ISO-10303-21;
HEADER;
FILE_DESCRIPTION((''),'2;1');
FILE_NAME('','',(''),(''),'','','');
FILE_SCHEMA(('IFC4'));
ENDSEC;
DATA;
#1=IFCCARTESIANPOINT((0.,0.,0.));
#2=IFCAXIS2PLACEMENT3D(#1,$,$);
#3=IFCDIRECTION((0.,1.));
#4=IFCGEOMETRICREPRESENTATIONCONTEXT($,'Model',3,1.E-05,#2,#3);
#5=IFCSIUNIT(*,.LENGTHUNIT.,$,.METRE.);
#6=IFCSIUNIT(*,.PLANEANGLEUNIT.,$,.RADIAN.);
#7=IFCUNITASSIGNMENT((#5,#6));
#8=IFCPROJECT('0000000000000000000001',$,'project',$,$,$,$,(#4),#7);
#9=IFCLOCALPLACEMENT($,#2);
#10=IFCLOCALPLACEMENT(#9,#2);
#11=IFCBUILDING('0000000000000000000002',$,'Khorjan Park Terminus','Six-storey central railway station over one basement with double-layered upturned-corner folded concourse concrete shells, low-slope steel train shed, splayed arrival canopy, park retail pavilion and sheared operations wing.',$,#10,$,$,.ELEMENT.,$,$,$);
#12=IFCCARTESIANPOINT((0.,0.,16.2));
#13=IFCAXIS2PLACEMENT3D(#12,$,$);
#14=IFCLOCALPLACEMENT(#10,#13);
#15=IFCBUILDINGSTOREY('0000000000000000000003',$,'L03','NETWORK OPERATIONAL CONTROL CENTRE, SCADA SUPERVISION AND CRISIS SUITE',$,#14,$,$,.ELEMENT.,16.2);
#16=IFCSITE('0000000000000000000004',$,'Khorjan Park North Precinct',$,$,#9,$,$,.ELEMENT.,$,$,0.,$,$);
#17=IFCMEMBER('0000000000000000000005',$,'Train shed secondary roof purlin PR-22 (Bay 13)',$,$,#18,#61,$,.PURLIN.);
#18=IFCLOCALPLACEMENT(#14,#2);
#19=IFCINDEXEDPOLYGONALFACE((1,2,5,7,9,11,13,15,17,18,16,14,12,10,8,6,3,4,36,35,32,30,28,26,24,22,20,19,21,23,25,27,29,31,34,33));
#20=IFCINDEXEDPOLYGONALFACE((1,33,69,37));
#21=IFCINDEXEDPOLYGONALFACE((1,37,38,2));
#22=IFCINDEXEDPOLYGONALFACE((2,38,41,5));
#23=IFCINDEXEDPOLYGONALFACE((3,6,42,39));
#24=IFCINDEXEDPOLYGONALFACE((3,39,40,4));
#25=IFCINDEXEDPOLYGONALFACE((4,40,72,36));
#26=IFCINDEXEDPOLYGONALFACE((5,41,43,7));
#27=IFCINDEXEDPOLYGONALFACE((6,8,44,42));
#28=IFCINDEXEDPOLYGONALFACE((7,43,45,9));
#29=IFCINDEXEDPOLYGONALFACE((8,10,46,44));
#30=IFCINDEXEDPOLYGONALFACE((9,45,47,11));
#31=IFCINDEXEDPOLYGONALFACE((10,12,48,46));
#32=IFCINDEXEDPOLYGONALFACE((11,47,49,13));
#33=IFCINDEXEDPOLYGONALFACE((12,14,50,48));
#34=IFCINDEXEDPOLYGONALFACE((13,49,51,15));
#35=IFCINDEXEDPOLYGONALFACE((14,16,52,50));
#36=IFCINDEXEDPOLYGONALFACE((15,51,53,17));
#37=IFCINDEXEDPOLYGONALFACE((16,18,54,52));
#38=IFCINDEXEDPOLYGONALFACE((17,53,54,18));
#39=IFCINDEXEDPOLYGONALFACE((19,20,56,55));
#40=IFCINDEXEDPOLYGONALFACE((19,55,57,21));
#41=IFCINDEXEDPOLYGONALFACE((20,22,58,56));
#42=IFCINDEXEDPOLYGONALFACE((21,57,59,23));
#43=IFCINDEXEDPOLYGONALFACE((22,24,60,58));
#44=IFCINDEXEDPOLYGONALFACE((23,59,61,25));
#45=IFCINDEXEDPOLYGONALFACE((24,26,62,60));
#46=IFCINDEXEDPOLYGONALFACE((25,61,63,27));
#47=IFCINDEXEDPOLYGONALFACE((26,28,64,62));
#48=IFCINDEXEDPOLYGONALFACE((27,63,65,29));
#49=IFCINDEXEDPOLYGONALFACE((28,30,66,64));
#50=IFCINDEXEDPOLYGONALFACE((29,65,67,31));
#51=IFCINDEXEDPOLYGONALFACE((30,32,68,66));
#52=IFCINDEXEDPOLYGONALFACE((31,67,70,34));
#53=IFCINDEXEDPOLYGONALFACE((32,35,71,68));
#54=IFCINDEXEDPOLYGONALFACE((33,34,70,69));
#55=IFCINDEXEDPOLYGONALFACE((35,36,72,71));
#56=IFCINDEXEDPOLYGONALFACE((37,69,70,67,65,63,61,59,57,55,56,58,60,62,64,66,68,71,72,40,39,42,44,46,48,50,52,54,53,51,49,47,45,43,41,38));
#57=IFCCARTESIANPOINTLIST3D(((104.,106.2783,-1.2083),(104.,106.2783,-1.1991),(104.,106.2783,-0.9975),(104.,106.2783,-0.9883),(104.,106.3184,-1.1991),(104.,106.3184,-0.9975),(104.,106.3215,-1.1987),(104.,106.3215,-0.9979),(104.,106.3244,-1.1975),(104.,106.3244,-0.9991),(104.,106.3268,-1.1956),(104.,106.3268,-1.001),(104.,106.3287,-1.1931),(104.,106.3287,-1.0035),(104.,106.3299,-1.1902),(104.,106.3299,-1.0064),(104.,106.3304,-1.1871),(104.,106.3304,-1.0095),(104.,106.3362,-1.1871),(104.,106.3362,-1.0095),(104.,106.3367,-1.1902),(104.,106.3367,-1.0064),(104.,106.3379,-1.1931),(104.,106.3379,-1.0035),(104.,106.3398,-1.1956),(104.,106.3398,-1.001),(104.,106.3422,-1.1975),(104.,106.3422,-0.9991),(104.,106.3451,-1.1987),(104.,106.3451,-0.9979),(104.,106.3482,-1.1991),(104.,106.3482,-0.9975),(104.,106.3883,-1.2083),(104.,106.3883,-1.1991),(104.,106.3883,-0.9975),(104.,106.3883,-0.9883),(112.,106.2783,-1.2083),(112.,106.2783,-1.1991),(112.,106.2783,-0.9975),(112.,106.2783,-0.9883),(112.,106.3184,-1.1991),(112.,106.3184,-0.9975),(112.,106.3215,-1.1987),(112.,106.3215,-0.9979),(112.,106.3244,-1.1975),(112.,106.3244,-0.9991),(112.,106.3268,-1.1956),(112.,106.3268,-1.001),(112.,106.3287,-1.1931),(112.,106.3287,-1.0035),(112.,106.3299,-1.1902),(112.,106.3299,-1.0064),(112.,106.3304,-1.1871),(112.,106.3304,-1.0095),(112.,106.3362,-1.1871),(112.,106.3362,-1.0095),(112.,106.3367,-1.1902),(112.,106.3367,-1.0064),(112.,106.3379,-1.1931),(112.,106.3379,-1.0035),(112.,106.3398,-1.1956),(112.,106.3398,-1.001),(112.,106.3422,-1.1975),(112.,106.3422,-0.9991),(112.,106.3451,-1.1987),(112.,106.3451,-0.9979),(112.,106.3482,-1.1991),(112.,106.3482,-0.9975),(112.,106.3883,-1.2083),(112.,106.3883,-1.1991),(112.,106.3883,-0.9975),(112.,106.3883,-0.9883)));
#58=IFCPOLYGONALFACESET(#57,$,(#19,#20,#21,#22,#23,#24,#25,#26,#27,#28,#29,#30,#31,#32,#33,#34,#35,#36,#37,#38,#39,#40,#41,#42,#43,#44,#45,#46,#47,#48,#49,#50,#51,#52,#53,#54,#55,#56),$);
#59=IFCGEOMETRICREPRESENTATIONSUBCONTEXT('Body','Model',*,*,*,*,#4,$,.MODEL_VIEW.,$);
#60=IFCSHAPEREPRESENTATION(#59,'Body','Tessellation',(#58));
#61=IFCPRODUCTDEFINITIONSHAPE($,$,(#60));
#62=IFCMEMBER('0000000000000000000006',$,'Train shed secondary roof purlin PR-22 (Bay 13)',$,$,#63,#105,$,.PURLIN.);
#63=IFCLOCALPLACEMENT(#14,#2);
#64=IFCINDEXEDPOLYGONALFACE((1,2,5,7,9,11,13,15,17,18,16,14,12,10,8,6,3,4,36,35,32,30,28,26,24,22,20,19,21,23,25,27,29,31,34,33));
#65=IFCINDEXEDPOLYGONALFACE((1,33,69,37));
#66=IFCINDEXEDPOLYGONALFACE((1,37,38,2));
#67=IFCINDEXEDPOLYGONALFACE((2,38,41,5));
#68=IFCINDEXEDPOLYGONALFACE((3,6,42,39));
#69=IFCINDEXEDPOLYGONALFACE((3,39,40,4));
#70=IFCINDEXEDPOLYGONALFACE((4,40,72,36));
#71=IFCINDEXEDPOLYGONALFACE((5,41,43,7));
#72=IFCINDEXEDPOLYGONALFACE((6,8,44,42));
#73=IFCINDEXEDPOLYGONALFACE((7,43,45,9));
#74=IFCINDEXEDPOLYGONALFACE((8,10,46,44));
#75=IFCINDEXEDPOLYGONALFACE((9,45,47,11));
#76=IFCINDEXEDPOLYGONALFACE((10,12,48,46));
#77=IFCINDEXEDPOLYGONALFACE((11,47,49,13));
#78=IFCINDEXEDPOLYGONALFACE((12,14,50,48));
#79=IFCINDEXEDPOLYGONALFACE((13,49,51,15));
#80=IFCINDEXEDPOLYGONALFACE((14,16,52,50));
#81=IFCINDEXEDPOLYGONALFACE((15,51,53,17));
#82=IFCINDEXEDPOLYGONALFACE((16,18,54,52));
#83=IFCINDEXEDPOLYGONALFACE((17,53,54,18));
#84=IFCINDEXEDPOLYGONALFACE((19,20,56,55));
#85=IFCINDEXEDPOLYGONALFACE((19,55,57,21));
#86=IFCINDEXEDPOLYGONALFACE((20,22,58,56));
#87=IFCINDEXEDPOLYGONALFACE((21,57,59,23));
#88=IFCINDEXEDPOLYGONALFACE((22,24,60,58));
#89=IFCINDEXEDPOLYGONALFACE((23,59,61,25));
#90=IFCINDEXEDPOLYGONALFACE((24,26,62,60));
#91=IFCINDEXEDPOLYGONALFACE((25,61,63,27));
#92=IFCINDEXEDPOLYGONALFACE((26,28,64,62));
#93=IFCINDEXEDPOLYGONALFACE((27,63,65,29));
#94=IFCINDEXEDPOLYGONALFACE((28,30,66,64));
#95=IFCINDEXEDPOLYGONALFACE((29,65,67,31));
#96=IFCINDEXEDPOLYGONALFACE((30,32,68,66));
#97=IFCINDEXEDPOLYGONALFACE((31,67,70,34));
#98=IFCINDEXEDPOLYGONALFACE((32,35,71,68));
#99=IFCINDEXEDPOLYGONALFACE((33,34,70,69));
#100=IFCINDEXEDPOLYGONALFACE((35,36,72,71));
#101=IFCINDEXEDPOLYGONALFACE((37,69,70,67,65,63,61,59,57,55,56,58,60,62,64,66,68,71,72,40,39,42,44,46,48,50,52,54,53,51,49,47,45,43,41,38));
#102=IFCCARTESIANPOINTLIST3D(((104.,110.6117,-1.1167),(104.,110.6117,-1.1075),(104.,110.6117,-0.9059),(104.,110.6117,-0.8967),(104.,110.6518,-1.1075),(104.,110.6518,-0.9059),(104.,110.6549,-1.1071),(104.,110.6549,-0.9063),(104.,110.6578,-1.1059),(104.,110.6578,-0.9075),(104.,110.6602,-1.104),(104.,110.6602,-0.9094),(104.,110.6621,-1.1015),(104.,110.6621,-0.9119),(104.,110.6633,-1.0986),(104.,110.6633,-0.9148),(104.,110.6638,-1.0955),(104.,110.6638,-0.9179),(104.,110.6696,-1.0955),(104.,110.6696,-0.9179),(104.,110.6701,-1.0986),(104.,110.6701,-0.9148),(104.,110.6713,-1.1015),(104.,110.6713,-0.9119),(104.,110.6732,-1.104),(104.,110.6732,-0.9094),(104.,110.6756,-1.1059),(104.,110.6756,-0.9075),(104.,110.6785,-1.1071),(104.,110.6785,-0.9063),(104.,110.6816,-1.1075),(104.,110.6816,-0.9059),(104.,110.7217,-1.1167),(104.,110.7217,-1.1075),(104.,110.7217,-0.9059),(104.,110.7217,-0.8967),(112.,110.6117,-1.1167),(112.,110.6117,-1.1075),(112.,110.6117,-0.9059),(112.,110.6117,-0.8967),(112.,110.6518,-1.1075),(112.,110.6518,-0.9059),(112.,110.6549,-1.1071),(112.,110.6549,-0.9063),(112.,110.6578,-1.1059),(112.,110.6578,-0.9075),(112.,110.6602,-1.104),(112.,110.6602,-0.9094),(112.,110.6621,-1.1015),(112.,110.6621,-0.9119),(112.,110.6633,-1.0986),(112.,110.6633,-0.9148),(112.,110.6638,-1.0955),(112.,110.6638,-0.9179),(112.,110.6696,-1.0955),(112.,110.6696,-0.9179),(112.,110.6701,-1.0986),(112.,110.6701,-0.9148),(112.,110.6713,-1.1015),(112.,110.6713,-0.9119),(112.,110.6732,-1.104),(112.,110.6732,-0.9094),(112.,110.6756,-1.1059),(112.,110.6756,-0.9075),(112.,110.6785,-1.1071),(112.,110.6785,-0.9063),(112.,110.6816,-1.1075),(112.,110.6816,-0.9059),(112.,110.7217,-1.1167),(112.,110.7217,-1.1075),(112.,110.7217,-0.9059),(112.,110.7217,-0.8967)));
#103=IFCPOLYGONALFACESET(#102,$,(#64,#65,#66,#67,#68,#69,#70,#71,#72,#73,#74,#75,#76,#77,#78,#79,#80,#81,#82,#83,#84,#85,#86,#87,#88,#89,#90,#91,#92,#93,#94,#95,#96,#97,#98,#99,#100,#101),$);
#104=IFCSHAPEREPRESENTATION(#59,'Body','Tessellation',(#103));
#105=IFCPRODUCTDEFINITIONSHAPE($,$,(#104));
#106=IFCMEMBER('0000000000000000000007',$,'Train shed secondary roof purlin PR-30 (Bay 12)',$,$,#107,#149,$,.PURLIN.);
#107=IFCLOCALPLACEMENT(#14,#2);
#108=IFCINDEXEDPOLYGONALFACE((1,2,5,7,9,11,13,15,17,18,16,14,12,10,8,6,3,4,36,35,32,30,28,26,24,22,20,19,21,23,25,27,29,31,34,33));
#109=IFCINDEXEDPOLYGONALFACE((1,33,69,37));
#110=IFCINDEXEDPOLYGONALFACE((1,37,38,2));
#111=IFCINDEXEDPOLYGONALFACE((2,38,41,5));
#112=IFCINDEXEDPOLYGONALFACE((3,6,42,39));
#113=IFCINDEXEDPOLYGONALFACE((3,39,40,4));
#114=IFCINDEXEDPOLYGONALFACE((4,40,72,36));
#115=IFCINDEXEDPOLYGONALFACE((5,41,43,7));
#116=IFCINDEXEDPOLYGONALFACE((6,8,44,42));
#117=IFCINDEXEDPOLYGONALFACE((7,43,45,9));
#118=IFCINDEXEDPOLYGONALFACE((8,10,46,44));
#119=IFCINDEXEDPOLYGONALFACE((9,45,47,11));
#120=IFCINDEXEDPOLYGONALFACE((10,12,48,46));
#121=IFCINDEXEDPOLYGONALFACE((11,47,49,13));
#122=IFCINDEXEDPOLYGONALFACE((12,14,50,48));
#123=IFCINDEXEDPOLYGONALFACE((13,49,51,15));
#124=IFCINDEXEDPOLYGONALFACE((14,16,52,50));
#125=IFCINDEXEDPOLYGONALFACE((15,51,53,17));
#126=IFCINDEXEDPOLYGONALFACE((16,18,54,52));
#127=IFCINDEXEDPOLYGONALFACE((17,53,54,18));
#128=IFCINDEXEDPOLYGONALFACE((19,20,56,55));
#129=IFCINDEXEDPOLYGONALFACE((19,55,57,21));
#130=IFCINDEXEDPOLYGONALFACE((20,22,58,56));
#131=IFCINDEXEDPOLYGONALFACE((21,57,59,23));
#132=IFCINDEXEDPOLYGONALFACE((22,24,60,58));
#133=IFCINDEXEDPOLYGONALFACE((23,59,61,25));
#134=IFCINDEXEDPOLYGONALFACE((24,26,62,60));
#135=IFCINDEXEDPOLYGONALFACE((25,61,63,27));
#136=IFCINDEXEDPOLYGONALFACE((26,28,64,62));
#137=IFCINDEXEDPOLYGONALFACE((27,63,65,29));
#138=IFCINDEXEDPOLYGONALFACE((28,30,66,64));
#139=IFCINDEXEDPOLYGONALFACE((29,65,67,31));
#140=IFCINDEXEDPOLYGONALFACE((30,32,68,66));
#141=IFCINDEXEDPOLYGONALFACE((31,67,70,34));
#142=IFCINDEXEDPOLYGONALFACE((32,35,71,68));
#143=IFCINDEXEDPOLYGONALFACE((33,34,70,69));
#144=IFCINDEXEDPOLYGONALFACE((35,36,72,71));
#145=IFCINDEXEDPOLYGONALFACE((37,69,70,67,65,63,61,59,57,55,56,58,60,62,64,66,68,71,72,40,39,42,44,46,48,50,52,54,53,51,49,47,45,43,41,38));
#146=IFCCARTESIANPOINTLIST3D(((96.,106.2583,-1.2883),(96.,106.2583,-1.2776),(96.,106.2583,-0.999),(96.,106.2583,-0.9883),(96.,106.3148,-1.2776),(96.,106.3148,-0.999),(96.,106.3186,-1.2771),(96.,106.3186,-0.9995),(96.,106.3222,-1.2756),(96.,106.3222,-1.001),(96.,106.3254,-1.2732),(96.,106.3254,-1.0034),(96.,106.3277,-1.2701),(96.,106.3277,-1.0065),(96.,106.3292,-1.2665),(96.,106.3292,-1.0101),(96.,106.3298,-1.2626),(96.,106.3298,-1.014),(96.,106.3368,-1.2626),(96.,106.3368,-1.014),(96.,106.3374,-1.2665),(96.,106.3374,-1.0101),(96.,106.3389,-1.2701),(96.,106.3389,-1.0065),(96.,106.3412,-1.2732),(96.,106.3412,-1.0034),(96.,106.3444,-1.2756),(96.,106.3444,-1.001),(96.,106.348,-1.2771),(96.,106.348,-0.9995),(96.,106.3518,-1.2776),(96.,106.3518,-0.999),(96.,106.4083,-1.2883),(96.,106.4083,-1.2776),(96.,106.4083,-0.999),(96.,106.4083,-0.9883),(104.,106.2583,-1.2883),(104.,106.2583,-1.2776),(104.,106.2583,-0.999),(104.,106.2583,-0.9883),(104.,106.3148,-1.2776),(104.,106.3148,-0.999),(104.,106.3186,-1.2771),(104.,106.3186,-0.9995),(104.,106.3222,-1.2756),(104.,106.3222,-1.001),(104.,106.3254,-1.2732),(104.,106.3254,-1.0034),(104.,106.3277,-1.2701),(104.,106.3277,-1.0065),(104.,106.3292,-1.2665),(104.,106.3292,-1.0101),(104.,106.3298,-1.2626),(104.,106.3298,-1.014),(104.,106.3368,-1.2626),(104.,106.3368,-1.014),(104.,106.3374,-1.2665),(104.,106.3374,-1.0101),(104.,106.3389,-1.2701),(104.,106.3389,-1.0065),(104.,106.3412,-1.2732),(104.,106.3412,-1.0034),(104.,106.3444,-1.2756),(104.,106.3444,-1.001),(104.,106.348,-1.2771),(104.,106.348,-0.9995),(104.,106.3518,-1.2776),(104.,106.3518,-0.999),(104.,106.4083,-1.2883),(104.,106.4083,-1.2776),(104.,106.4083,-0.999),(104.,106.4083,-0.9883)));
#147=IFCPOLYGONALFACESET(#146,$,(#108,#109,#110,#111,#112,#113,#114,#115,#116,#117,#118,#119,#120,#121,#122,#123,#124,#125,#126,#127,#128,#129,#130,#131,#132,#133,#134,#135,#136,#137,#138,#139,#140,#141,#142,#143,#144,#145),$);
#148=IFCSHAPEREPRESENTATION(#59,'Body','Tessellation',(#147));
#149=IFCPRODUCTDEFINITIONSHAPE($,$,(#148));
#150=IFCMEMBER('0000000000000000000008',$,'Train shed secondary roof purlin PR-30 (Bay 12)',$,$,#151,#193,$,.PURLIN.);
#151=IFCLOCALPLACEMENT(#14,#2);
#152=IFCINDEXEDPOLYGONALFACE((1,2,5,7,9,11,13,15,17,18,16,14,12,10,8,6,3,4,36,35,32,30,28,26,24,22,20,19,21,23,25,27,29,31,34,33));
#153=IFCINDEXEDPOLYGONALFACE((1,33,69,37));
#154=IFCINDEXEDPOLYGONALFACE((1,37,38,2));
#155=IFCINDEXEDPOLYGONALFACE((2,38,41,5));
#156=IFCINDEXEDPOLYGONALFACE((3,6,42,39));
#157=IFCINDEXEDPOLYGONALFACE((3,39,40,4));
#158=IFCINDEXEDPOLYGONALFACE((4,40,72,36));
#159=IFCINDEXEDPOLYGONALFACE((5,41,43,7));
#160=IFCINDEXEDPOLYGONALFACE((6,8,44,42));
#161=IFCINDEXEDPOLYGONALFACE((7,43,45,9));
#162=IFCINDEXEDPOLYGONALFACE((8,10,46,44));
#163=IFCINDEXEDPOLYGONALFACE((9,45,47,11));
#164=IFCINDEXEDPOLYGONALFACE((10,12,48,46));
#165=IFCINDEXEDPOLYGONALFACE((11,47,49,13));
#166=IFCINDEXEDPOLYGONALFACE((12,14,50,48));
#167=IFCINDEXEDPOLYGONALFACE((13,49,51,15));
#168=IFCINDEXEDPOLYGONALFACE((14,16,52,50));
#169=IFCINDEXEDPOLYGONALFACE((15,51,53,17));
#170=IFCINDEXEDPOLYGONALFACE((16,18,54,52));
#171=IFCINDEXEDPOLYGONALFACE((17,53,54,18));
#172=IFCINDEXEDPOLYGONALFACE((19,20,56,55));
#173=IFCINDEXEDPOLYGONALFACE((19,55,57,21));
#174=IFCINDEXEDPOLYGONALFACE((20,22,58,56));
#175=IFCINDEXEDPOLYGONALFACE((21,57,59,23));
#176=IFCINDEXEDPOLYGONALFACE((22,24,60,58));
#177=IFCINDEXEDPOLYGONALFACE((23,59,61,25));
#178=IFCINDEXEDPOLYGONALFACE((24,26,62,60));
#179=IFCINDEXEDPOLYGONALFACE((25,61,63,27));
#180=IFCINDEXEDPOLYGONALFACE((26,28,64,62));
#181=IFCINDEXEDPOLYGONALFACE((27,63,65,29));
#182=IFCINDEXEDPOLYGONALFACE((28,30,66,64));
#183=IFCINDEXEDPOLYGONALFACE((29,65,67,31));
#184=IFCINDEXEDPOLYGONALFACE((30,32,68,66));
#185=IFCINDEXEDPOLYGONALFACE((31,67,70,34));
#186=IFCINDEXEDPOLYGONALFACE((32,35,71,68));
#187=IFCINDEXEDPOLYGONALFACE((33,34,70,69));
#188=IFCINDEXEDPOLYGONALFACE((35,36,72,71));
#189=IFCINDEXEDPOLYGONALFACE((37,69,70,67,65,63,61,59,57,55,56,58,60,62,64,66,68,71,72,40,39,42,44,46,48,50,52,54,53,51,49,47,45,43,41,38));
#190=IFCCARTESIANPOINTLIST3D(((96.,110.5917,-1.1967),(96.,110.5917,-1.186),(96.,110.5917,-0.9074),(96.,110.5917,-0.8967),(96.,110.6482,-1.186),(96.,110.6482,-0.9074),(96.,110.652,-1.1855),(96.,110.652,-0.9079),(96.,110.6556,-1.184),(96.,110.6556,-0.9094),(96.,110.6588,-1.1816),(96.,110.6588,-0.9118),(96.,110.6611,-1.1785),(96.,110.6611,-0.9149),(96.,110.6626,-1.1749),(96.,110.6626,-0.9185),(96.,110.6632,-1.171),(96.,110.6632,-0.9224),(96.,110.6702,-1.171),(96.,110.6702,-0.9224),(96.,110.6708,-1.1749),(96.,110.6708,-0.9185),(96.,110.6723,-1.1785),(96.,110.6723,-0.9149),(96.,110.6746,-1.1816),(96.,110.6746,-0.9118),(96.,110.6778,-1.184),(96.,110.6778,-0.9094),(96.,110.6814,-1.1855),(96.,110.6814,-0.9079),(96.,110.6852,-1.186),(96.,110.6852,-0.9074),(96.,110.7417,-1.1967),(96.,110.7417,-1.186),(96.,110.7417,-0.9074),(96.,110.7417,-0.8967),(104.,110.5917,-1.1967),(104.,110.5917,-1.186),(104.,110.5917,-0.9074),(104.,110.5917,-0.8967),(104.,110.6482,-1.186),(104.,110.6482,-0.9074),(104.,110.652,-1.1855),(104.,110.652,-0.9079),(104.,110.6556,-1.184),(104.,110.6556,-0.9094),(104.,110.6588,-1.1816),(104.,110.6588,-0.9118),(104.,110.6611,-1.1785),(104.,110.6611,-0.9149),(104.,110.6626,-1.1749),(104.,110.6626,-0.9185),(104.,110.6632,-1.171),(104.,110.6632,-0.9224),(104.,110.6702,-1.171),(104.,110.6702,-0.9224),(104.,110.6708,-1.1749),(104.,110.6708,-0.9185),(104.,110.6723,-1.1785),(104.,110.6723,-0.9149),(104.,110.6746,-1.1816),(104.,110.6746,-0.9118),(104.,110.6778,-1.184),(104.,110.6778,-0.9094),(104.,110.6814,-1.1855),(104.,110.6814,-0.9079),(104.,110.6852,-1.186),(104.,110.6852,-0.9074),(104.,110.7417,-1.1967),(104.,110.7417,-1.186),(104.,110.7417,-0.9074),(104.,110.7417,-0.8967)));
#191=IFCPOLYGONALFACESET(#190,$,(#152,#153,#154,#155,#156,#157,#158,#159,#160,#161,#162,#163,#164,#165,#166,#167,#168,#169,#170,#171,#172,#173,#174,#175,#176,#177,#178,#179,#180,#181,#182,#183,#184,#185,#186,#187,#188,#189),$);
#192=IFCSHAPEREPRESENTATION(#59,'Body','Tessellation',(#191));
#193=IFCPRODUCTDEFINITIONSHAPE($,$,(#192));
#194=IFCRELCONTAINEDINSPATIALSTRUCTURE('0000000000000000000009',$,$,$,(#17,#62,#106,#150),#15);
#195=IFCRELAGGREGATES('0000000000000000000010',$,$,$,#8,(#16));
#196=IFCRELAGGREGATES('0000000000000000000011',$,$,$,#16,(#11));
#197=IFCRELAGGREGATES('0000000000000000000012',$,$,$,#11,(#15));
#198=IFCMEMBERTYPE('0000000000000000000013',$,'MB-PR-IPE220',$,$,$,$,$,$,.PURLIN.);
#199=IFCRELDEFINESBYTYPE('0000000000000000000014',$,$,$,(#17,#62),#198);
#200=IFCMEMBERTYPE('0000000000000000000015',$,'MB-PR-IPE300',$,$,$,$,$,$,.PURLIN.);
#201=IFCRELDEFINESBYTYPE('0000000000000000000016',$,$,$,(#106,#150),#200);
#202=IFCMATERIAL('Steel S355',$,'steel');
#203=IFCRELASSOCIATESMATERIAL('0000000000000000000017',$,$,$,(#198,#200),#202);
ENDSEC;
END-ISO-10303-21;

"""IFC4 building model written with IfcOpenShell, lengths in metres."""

from ifc_helpers import new_model, si_unit, direction, frame, origin, origin_2d, place, context, subcontext, project, spatial, i_section, extrude, material, material_profile, profile_set, type_object, element, save


model = new_model("IFC4")

# Units and contexts
model_context = context("Model", 3, precision=1e-05, world=origin(), true_north=direction((0.0, 1.0)))
body_context = subcontext(model_context, "Body", "Model", "MODEL_VIEW")
ifc_project = project(units=[si_unit("LENGTHUNIT", "METRE"), si_unit("PLANEANGLEUNIT", "RADIAN")], contexts=[model_context])

# Site, building, storey
site_placement = place(None, origin())
site = spatial("IfcSite", under=ifc_project, at=site_placement, Name="Khorjan Park North Precinct", CompositionType="ELEMENT", RefElevation=0.0)
building_placement = place(site_placement, origin())
building = spatial("IfcBuilding", under=site, at=building_placement, Name="Khorjan Park Terminus", Description="Six-storey central railway station over one basement with double-layered upturned-corner folded concourse concrete shells, low-slope steel train shed, splayed arrival canopy, park retail pavilion and sheared operations wing.", CompositionType="ELEMENT")
storey_placement = place(building_placement, frame((0.0, 0.0, 16.2)))
storey = spatial("IfcBuildingStorey", under=building, at=storey_placement, Name="L03", Description="NETWORK OPERATIONAL CONTROL CENTRE, SCADA SUPERVISION AND CRISIS SUITE", CompositionType="ELEMENT", Elevation=16.2)

# Members
ifc_material = material(Name="Steel S355", Category="steel")
ifc_material_profile_1 = material_profile(ifc_material, i_section(OverallWidth=0.11, OverallDepth=0.22, WebThickness=0.0059, FlangeThickness=0.0092, FilletRadius=0.012, at=origin_2d()), Name="IPE 220")
ifc_profile_set_1 = profile_set([ifc_material_profile_1], Name="Steel S355")
member_type_1 = type_object("IfcMemberType", Name="MB-PR-IPE220", PredefinedType="PURLIN", material=ifc_profile_set_1)
for number, where, z_axis, x_axis, name in (
    (1, (104.0, 106.3333, -1.0983), (1.0, 0.0, 0.0), (0.0, 1.0, 0.0), "Train shed secondary roof purlin PR-22 (Bay 13)"),
    (2, (104.0, 110.6667, -1.0067), (1.0, 0.0, 0.0), (0.0, 1.0, 0.0), "Train shed secondary roof purlin PR-22 (Bay 13)"),
):
    element("IfcMember", number, at=place(storey_placement, frame(where, z_axis=z_axis, x_axis=x_axis)), inside=storey, type_object=member_type_1, Name=name, PredefinedType="PURLIN", context=body_context, shape_type="SweptSolid", body=[
        extrude(i_section(OverallWidth=0.11, OverallDepth=0.22, WebThickness=0.0059, FlangeThickness=0.0092, FilletRadius=0.012, at=origin_2d()), origin(), (0.0, 0.0, 1.0), 8.0),
    ])
ifc_material_profile_2 = material_profile(ifc_material, i_section(OverallWidth=0.15, OverallDepth=0.3, WebThickness=0.0071, FlangeThickness=0.0107, FilletRadius=0.015, at=origin_2d()), Name="IPE 300")
ifc_profile_set_2 = profile_set([ifc_material_profile_2], Name="Steel S355")
member_type_2 = type_object("IfcMemberType", Name="MB-PR-IPE300", PredefinedType="PURLIN", material=ifc_profile_set_2)
for number, where, z_axis, x_axis, name in (
    (3, (96.0, 106.3333, -1.1383), (1.0, 0.0, 0.0), (0.0, 1.0, 0.0), "Train shed secondary roof purlin PR-30 (Bay 12)"),
    (4, (96.0, 110.6667, -1.0467), (1.0, 0.0, 0.0), (0.0, 1.0, 0.0), "Train shed secondary roof purlin PR-30 (Bay 12)"),
):
    element("IfcMember", number, at=place(storey_placement, frame(where, z_axis=z_axis, x_axis=x_axis)), inside=storey, type_object=member_type_2, Name=name, PredefinedType="PURLIN", context=body_context, shape_type="SweptSolid", body=[
        extrude(i_section(OverallWidth=0.15, OverallDepth=0.3, WebThickness=0.0071, FlangeThickness=0.0107, FilletRadius=0.015, at=origin_2d()), origin(), (0.0, 0.0, 1.0), 8.0),
    ])

save(model, "model.ifc")
